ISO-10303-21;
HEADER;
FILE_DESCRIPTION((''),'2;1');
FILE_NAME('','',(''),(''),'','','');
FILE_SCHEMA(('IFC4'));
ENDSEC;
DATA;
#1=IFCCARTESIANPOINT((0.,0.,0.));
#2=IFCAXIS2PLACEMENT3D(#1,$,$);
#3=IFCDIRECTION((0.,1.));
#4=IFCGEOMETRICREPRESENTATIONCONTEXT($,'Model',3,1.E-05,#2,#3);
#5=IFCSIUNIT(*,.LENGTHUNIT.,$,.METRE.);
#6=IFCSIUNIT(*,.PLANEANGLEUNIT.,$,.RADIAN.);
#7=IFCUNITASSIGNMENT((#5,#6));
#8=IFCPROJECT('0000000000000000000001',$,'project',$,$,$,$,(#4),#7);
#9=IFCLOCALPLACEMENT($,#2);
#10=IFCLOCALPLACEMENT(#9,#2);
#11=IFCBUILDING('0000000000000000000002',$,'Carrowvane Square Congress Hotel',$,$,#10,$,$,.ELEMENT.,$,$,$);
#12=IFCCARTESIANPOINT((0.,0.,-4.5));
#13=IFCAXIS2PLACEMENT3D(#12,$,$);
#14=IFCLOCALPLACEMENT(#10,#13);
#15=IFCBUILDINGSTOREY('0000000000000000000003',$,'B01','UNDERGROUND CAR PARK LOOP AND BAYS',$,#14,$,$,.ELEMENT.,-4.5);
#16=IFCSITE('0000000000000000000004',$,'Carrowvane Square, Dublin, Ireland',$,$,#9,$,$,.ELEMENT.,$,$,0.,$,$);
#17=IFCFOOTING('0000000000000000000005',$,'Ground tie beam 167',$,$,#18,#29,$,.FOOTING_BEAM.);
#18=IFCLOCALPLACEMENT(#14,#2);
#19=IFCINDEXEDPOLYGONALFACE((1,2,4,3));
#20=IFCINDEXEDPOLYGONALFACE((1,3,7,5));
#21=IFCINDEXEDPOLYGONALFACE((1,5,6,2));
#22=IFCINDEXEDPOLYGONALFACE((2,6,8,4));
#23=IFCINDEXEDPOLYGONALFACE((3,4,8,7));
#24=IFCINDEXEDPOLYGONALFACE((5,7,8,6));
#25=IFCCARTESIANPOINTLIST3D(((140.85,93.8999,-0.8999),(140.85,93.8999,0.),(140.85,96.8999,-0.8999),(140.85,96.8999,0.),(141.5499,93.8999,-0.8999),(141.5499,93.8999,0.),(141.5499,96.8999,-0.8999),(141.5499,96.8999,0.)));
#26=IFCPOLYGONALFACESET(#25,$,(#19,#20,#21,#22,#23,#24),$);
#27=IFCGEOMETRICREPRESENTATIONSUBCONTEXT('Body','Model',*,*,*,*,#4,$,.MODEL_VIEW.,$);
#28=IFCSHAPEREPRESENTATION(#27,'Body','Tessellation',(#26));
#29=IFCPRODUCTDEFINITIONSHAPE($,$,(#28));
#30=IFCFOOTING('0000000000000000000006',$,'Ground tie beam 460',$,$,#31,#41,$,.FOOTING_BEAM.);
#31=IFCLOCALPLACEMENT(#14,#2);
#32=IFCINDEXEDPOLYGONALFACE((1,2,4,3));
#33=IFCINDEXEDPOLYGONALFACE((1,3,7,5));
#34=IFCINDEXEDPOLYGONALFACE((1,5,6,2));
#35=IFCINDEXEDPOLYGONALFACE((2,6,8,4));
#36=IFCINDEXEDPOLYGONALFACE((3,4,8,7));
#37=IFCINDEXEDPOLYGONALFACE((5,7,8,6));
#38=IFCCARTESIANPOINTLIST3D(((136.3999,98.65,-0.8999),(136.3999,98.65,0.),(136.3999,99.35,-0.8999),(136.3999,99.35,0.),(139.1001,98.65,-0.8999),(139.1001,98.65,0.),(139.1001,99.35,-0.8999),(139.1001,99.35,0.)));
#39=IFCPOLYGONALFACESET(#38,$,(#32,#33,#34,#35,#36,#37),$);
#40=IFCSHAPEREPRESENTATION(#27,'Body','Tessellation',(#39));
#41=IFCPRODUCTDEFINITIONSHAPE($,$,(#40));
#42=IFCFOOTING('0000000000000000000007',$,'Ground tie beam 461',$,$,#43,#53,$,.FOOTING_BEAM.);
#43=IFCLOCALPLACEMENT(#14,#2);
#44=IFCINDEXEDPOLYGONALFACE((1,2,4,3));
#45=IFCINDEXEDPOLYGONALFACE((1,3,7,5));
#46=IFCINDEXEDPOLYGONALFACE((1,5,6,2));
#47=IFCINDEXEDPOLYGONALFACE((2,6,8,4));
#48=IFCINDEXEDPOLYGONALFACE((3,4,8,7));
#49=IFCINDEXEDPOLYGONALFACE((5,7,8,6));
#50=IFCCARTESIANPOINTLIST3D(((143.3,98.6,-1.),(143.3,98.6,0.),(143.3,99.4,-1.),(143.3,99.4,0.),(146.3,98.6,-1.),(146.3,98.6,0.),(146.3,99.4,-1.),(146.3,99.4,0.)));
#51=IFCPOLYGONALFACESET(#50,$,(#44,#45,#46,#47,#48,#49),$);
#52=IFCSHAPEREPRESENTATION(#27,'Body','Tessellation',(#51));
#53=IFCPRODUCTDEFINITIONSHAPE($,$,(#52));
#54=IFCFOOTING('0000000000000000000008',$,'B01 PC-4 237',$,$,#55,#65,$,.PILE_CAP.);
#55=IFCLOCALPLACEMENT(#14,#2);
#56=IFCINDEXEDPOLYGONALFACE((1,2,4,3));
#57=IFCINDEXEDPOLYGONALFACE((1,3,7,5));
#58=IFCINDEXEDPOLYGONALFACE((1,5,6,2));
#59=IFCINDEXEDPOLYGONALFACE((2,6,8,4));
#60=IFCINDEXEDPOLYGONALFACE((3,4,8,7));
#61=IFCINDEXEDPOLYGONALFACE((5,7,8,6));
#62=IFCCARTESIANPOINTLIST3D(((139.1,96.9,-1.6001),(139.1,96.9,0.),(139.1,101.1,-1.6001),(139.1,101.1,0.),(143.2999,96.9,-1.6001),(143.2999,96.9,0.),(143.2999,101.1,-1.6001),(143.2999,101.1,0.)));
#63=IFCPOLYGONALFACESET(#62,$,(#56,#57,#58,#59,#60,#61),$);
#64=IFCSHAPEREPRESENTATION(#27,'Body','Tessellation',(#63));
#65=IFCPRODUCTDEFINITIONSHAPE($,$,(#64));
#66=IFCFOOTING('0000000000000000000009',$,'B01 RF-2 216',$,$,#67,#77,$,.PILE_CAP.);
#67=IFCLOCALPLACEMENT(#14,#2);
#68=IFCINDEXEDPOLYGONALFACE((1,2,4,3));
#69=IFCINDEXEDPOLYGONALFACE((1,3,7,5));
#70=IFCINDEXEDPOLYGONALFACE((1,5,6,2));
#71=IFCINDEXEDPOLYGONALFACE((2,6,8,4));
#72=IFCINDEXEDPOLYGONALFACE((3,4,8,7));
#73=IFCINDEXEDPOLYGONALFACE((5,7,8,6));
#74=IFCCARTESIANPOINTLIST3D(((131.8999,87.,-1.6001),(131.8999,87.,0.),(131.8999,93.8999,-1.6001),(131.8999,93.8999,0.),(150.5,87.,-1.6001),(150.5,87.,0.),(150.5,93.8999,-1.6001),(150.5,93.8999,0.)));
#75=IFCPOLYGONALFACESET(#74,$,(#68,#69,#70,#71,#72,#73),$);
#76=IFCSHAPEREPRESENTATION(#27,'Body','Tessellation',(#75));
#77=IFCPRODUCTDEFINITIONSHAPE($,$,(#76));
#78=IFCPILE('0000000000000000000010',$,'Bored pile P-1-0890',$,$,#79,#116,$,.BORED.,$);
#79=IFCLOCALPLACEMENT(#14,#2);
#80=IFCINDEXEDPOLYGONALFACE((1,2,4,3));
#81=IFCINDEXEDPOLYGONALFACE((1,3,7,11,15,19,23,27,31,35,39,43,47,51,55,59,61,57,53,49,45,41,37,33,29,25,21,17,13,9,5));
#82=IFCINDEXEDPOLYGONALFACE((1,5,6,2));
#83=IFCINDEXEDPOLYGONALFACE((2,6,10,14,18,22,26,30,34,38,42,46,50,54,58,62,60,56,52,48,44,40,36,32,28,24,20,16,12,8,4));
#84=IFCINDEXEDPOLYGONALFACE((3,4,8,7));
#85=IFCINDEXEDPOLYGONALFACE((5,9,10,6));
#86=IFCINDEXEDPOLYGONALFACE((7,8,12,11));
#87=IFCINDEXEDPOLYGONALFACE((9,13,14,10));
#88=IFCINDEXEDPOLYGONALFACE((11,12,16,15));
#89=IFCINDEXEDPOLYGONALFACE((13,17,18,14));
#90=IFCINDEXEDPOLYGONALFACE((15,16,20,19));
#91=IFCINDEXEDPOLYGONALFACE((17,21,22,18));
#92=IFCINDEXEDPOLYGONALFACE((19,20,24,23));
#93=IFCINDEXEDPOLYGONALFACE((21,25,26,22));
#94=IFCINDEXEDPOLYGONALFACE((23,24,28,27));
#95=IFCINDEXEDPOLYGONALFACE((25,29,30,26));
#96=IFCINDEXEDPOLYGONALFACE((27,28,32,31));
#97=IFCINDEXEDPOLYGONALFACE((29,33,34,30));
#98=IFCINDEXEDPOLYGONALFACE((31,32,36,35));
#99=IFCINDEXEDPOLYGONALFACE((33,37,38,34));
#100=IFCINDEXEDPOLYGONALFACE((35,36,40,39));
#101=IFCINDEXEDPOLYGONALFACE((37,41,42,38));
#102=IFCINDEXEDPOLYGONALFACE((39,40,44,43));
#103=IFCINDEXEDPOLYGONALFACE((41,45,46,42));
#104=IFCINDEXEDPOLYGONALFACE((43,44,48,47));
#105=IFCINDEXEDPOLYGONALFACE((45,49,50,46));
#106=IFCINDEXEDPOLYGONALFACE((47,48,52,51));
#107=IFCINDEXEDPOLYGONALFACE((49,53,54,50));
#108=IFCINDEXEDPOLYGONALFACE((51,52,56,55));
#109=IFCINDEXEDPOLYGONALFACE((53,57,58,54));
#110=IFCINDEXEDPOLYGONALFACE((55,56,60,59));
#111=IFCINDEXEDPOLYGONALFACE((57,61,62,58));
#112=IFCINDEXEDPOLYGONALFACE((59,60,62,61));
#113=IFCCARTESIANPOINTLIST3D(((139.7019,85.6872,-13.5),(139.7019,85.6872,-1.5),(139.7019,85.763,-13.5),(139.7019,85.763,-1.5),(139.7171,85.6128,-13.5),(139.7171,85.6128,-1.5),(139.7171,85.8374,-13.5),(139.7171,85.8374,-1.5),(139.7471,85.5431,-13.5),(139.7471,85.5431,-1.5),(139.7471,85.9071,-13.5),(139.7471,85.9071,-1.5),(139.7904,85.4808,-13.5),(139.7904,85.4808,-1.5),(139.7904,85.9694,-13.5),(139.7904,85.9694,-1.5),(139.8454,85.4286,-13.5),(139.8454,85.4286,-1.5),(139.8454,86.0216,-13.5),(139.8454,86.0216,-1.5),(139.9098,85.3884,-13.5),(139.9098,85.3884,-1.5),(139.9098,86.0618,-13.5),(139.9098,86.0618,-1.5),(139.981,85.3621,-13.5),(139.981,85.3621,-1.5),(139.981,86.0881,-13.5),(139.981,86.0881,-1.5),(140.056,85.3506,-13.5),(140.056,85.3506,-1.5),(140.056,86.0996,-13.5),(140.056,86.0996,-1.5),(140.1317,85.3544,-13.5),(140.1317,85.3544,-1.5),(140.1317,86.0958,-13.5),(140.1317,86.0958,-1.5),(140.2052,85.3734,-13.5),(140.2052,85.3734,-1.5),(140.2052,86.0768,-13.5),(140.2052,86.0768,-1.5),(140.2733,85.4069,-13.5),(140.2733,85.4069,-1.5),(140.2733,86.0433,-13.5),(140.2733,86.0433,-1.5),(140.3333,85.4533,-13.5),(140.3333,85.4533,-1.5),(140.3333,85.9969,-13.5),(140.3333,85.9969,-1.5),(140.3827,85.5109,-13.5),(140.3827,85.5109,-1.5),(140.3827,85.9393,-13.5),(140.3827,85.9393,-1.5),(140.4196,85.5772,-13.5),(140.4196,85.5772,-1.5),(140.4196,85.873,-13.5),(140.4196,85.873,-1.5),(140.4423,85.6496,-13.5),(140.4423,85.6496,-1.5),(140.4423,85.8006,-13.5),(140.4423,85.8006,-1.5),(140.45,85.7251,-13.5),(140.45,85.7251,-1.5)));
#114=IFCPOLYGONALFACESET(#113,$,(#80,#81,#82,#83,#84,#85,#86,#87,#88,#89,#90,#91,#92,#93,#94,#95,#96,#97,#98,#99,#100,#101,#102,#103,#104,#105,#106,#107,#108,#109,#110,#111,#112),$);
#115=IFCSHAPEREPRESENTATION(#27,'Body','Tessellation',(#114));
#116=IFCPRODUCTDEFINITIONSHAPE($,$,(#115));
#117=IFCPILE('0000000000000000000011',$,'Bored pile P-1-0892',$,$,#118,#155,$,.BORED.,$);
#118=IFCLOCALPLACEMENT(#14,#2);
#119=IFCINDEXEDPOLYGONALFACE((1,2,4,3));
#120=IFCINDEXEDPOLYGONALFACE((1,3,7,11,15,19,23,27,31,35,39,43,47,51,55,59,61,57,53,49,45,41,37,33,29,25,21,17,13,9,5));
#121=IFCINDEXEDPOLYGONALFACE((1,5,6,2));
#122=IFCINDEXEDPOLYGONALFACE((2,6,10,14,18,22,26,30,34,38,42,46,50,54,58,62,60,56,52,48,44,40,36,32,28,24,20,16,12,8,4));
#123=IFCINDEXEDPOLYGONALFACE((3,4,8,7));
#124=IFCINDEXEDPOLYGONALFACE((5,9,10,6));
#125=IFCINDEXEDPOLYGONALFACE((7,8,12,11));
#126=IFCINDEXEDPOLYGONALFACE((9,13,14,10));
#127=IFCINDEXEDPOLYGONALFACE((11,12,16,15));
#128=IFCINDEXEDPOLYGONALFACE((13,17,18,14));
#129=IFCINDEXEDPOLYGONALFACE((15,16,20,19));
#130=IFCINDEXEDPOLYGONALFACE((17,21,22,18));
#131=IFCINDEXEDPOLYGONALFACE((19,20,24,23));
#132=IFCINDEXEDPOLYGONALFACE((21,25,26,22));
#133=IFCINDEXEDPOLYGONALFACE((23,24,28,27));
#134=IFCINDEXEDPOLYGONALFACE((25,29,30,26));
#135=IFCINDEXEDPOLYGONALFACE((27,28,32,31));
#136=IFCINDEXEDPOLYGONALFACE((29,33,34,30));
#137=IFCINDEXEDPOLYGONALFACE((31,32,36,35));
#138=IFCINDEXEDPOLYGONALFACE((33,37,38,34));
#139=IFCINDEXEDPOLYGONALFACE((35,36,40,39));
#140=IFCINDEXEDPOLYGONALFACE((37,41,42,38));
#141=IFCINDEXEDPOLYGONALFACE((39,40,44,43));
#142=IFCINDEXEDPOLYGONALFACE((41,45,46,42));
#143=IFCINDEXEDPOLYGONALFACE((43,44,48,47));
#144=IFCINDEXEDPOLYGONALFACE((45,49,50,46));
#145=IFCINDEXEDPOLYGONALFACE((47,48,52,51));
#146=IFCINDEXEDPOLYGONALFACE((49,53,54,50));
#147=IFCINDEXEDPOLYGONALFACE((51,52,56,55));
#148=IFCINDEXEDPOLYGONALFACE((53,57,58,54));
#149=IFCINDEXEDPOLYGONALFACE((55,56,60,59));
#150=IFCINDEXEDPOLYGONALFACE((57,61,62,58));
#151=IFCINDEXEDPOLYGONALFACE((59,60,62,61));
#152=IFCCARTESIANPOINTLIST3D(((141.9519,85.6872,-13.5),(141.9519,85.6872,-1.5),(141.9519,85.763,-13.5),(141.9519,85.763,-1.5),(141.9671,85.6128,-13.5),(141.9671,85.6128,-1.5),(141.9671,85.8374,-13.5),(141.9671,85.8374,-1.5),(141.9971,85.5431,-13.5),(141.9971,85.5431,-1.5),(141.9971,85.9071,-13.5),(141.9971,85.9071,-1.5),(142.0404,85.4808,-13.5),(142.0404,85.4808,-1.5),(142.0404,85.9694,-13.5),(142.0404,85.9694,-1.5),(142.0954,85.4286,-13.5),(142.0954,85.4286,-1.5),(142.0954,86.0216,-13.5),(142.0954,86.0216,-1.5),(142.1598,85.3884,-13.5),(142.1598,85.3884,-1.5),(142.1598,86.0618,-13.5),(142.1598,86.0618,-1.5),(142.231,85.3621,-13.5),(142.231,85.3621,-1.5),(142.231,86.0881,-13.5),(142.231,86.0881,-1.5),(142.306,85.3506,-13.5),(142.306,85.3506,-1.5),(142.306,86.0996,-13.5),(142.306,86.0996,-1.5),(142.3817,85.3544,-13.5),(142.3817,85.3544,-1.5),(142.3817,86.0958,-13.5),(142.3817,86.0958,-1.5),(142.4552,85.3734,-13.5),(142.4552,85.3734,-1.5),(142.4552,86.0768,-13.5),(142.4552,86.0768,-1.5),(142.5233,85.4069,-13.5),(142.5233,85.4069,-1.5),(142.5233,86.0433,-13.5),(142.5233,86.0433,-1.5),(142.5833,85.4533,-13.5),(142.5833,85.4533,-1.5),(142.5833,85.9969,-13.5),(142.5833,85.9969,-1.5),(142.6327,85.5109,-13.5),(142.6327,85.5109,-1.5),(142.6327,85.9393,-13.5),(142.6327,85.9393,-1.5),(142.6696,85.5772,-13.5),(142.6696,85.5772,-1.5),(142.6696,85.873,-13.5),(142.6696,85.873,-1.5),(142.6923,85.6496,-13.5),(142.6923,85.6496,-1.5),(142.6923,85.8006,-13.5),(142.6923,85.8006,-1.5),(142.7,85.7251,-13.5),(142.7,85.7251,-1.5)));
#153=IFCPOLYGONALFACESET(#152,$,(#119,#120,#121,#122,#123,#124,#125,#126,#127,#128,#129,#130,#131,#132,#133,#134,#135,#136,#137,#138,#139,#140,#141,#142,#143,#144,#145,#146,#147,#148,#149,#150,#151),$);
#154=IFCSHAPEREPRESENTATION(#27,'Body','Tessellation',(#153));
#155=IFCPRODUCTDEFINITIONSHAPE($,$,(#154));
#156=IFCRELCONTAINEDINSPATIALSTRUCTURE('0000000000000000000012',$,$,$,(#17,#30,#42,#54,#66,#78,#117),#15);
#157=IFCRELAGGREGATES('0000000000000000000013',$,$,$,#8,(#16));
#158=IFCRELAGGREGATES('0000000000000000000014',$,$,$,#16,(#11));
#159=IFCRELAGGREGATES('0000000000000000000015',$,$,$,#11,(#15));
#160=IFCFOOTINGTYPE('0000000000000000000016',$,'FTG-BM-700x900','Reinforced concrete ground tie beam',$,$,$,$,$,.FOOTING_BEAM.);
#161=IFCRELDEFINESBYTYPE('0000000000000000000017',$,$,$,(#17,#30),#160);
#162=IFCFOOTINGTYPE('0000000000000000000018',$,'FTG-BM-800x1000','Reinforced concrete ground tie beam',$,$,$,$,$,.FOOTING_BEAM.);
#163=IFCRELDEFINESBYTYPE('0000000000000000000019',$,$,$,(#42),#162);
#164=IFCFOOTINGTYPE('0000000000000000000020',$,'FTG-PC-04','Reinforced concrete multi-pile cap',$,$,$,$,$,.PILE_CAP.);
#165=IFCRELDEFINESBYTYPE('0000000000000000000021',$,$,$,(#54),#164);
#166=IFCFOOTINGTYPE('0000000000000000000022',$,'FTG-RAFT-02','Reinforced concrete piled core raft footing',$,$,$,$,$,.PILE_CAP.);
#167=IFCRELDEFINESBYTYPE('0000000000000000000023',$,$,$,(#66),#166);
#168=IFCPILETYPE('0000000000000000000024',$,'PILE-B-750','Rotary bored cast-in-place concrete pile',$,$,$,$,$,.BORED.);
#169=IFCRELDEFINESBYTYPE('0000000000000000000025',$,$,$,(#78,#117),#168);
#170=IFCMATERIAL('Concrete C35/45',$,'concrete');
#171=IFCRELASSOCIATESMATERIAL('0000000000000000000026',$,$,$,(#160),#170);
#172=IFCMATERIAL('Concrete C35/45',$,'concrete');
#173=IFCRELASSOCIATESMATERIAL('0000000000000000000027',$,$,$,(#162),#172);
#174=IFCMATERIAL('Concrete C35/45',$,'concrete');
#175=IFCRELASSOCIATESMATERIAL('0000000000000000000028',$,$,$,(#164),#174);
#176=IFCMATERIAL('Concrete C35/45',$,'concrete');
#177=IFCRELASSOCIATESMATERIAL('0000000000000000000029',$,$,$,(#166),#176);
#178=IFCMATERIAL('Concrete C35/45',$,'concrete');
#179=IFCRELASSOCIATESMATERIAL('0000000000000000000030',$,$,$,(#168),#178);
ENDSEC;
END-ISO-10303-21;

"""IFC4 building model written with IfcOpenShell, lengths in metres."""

from ifc_helpers import new_model, si_unit, direction, frame, origin, origin_2d, place, context, subcontext, project, spatial, rectangle, circle, extrude, material, material_profile, profile_set, type_object, element, save


model = new_model("IFC4")

# Units and contexts
model_context = context("Model", 3, precision=1e-05, world=origin(), true_north=direction((0.0, 1.0)))
body_context = subcontext(model_context, "Body", "Model", "MODEL_VIEW")
ifc_project = project(units=[si_unit("LENGTHUNIT", "METRE"), si_unit("PLANEANGLEUNIT", "RADIAN")], contexts=[model_context])

# Site, building, storey
site_placement = place(None, origin())
site = spatial("IfcSite", under=ifc_project, at=site_placement, Name="Carrowvane Square, Dublin, Ireland", CompositionType="ELEMENT", RefElevation=0.0)
building_placement = place(site_placement, origin())
building = spatial("IfcBuilding", under=site, at=building_placement, Name="Carrowvane Square Congress Hotel", CompositionType="ELEMENT")
storey_placement = place(building_placement, frame((0.0, 0.0, -4.5)))
storey = spatial("IfcBuildingStorey", under=building, at=storey_placement, Name="B01", Description="UNDERGROUND CAR PARK LOOP AND BAYS", CompositionType="ELEMENT", Elevation=-4.5)

# Footings
ifc_material_1 = material(Name="Concrete C35/45", Category="concrete")
ifc_material_profile_1 = material_profile(ifc_material_1, rectangle(XDim=0.7, YDim=0.8999, at=origin_2d()), Name="RC 700x900")
ifc_profile_set_1 = profile_set([ifc_material_profile_1], Name="Concrete C35/45")
footing_type_1 = type_object("IfcFootingType", Name="FTG-BM-700x900", Description="Reinforced concrete ground tie beam", PredefinedType="FOOTING_BEAM", material=ifc_profile_set_1)
footing_1_placement = place(storey_placement, frame((141.2, 93.8999, -0.45), z_axis=(0.0, 1.0, 0.0), x_axis=(-1.0, 0.0, 0.0)))
element("IfcFooting", 1, at=footing_1_placement, inside=storey, type_object=footing_type_1, Name="Ground tie beam 167", PredefinedType="FOOTING_BEAM", context=body_context, shape_type="SweptSolid", body=[
    extrude(rectangle(XDim=0.7, YDim=0.8999, at=origin_2d()), origin(), (0.0, 0.0, 1.0), 3.0),
])
footing_2_placement = place(storey_placement, frame((136.3999, 99.0, -0.45), z_axis=(1.0, 0.0, 0.0), x_axis=(0.0, 1.0, 0.0)))
element("IfcFooting", 2, at=footing_2_placement, inside=storey, type_object=footing_type_1, Name="Ground tie beam 460", PredefinedType="FOOTING_BEAM", context=body_context, shape_type="SweptSolid", body=[
    extrude(rectangle(XDim=0.7, YDim=0.8999, at=origin_2d()), origin(), (0.0, 0.0, 1.0), 2.7002),
])
ifc_material_2 = material(Name="Concrete C35/45", Category="concrete")
ifc_material_profile_2 = material_profile(ifc_material_2, rectangle(XDim=0.8, YDim=1.0, at=origin_2d()), Name="RC 800x1000")
ifc_profile_set_2 = profile_set([ifc_material_profile_2], Name="Concrete C35/45")
footing_type_2 = type_object("IfcFootingType", Name="FTG-BM-800x1000", Description="Reinforced concrete ground tie beam", PredefinedType="FOOTING_BEAM", material=ifc_profile_set_2)
footing_3_placement = place(storey_placement, frame((143.3, 99.0, -0.5), z_axis=(1.0, 0.0, 0.0), x_axis=(0.0, 1.0, 0.0)))
element("IfcFooting", 3, at=footing_3_placement, inside=storey, type_object=footing_type_2, Name="Ground tie beam 461", PredefinedType="FOOTING_BEAM", context=body_context, shape_type="SweptSolid", body=[
    extrude(rectangle(XDim=0.8, YDim=1.0, at=origin_2d()), origin(), (0.0, 0.0, 1.0), 3.0),
])
ifc_material_3 = material(Name="Concrete C35/45", Category="concrete")
footing_type_3 = type_object("IfcFootingType", Name="FTG-PC-04", Description="Reinforced concrete multi-pile cap", PredefinedType="PILE_CAP", material=ifc_material_3)
footing_4_placement = place(storey_placement, frame((141.2, 99.0, -1.6001), z_axis=(0.0, 0.0, 1.0), x_axis=(1.0, 0.0, 0.0)))
element("IfcFooting", 4, at=footing_4_placement, inside=storey, type_object=footing_type_3, Name="B01 PC-4 237", PredefinedType="PILE_CAP", context=body_context, shape_type="SweptSolid", body=[
    extrude(rectangle(XDim=4.2, YDim=4.2, at=origin_2d()), origin(), (0.0, 0.0, 1.0), 1.6001),
])
ifc_material_4 = material(Name="Concrete C35/45", Category="concrete")
footing_type_4 = type_object("IfcFootingType", Name="FTG-RAFT-02", Description="Reinforced concrete piled core raft footing", PredefinedType="PILE_CAP", material=ifc_material_4)
footing_5_placement = place(storey_placement, frame((141.2, 90.45, -1.6001), z_axis=(0.0, 0.0, 1.0), x_axis=(1.0, 0.0, 0.0)))
element("IfcFooting", 5, at=footing_5_placement, inside=storey, type_object=footing_type_4, Name="B01 RF-2 216", PredefinedType="PILE_CAP", context=body_context, shape_type="SweptSolid", body=[
    extrude(rectangle(XDim=18.6001, YDim=6.8999, at=origin_2d()), origin(), (0.0, 0.0, 1.0), 1.6001),
])

# Piles
ifc_material_5 = material(Name="Concrete C35/45", Category="concrete")
ifc_material_profile_3 = material_profile(ifc_material_5, circle(Radius=0.375, at=origin_2d()), Name="PILE D750")
ifc_profile_set_3 = profile_set([ifc_material_profile_3], Name="Concrete C35/45")
pile_type_1 = type_object("IfcPileType", Name="PILE-B-750", Description="Rotary bored cast-in-place concrete pile", PredefinedType="BORED", material=ifc_profile_set_3)
for number, where, z_axis, x_axis, name in (
    (6, (140.075, 85.7251, -1.5), (0.0, 0.0, -1.0), (1.0, 0.0, 0.0), "Bored pile P-1-0890"),
    (7, (142.325, 85.7251, -1.5), (0.0, 0.0, -1.0), (1.0, 0.0, 0.0), "Bored pile P-1-0892"),
):
    element("IfcPile", number, at=place(storey_placement, frame(where, z_axis=z_axis, x_axis=x_axis)), inside=storey, type_object=pile_type_1, Name=name, PredefinedType="BORED", context=body_context, shape_type="SweptSolid", body=[
        extrude(circle(Radius=0.375, at=origin_2d()), origin(), (0.0, 0.0, 1.0), 12.0),
    ])

save(model, "model.ifc")
